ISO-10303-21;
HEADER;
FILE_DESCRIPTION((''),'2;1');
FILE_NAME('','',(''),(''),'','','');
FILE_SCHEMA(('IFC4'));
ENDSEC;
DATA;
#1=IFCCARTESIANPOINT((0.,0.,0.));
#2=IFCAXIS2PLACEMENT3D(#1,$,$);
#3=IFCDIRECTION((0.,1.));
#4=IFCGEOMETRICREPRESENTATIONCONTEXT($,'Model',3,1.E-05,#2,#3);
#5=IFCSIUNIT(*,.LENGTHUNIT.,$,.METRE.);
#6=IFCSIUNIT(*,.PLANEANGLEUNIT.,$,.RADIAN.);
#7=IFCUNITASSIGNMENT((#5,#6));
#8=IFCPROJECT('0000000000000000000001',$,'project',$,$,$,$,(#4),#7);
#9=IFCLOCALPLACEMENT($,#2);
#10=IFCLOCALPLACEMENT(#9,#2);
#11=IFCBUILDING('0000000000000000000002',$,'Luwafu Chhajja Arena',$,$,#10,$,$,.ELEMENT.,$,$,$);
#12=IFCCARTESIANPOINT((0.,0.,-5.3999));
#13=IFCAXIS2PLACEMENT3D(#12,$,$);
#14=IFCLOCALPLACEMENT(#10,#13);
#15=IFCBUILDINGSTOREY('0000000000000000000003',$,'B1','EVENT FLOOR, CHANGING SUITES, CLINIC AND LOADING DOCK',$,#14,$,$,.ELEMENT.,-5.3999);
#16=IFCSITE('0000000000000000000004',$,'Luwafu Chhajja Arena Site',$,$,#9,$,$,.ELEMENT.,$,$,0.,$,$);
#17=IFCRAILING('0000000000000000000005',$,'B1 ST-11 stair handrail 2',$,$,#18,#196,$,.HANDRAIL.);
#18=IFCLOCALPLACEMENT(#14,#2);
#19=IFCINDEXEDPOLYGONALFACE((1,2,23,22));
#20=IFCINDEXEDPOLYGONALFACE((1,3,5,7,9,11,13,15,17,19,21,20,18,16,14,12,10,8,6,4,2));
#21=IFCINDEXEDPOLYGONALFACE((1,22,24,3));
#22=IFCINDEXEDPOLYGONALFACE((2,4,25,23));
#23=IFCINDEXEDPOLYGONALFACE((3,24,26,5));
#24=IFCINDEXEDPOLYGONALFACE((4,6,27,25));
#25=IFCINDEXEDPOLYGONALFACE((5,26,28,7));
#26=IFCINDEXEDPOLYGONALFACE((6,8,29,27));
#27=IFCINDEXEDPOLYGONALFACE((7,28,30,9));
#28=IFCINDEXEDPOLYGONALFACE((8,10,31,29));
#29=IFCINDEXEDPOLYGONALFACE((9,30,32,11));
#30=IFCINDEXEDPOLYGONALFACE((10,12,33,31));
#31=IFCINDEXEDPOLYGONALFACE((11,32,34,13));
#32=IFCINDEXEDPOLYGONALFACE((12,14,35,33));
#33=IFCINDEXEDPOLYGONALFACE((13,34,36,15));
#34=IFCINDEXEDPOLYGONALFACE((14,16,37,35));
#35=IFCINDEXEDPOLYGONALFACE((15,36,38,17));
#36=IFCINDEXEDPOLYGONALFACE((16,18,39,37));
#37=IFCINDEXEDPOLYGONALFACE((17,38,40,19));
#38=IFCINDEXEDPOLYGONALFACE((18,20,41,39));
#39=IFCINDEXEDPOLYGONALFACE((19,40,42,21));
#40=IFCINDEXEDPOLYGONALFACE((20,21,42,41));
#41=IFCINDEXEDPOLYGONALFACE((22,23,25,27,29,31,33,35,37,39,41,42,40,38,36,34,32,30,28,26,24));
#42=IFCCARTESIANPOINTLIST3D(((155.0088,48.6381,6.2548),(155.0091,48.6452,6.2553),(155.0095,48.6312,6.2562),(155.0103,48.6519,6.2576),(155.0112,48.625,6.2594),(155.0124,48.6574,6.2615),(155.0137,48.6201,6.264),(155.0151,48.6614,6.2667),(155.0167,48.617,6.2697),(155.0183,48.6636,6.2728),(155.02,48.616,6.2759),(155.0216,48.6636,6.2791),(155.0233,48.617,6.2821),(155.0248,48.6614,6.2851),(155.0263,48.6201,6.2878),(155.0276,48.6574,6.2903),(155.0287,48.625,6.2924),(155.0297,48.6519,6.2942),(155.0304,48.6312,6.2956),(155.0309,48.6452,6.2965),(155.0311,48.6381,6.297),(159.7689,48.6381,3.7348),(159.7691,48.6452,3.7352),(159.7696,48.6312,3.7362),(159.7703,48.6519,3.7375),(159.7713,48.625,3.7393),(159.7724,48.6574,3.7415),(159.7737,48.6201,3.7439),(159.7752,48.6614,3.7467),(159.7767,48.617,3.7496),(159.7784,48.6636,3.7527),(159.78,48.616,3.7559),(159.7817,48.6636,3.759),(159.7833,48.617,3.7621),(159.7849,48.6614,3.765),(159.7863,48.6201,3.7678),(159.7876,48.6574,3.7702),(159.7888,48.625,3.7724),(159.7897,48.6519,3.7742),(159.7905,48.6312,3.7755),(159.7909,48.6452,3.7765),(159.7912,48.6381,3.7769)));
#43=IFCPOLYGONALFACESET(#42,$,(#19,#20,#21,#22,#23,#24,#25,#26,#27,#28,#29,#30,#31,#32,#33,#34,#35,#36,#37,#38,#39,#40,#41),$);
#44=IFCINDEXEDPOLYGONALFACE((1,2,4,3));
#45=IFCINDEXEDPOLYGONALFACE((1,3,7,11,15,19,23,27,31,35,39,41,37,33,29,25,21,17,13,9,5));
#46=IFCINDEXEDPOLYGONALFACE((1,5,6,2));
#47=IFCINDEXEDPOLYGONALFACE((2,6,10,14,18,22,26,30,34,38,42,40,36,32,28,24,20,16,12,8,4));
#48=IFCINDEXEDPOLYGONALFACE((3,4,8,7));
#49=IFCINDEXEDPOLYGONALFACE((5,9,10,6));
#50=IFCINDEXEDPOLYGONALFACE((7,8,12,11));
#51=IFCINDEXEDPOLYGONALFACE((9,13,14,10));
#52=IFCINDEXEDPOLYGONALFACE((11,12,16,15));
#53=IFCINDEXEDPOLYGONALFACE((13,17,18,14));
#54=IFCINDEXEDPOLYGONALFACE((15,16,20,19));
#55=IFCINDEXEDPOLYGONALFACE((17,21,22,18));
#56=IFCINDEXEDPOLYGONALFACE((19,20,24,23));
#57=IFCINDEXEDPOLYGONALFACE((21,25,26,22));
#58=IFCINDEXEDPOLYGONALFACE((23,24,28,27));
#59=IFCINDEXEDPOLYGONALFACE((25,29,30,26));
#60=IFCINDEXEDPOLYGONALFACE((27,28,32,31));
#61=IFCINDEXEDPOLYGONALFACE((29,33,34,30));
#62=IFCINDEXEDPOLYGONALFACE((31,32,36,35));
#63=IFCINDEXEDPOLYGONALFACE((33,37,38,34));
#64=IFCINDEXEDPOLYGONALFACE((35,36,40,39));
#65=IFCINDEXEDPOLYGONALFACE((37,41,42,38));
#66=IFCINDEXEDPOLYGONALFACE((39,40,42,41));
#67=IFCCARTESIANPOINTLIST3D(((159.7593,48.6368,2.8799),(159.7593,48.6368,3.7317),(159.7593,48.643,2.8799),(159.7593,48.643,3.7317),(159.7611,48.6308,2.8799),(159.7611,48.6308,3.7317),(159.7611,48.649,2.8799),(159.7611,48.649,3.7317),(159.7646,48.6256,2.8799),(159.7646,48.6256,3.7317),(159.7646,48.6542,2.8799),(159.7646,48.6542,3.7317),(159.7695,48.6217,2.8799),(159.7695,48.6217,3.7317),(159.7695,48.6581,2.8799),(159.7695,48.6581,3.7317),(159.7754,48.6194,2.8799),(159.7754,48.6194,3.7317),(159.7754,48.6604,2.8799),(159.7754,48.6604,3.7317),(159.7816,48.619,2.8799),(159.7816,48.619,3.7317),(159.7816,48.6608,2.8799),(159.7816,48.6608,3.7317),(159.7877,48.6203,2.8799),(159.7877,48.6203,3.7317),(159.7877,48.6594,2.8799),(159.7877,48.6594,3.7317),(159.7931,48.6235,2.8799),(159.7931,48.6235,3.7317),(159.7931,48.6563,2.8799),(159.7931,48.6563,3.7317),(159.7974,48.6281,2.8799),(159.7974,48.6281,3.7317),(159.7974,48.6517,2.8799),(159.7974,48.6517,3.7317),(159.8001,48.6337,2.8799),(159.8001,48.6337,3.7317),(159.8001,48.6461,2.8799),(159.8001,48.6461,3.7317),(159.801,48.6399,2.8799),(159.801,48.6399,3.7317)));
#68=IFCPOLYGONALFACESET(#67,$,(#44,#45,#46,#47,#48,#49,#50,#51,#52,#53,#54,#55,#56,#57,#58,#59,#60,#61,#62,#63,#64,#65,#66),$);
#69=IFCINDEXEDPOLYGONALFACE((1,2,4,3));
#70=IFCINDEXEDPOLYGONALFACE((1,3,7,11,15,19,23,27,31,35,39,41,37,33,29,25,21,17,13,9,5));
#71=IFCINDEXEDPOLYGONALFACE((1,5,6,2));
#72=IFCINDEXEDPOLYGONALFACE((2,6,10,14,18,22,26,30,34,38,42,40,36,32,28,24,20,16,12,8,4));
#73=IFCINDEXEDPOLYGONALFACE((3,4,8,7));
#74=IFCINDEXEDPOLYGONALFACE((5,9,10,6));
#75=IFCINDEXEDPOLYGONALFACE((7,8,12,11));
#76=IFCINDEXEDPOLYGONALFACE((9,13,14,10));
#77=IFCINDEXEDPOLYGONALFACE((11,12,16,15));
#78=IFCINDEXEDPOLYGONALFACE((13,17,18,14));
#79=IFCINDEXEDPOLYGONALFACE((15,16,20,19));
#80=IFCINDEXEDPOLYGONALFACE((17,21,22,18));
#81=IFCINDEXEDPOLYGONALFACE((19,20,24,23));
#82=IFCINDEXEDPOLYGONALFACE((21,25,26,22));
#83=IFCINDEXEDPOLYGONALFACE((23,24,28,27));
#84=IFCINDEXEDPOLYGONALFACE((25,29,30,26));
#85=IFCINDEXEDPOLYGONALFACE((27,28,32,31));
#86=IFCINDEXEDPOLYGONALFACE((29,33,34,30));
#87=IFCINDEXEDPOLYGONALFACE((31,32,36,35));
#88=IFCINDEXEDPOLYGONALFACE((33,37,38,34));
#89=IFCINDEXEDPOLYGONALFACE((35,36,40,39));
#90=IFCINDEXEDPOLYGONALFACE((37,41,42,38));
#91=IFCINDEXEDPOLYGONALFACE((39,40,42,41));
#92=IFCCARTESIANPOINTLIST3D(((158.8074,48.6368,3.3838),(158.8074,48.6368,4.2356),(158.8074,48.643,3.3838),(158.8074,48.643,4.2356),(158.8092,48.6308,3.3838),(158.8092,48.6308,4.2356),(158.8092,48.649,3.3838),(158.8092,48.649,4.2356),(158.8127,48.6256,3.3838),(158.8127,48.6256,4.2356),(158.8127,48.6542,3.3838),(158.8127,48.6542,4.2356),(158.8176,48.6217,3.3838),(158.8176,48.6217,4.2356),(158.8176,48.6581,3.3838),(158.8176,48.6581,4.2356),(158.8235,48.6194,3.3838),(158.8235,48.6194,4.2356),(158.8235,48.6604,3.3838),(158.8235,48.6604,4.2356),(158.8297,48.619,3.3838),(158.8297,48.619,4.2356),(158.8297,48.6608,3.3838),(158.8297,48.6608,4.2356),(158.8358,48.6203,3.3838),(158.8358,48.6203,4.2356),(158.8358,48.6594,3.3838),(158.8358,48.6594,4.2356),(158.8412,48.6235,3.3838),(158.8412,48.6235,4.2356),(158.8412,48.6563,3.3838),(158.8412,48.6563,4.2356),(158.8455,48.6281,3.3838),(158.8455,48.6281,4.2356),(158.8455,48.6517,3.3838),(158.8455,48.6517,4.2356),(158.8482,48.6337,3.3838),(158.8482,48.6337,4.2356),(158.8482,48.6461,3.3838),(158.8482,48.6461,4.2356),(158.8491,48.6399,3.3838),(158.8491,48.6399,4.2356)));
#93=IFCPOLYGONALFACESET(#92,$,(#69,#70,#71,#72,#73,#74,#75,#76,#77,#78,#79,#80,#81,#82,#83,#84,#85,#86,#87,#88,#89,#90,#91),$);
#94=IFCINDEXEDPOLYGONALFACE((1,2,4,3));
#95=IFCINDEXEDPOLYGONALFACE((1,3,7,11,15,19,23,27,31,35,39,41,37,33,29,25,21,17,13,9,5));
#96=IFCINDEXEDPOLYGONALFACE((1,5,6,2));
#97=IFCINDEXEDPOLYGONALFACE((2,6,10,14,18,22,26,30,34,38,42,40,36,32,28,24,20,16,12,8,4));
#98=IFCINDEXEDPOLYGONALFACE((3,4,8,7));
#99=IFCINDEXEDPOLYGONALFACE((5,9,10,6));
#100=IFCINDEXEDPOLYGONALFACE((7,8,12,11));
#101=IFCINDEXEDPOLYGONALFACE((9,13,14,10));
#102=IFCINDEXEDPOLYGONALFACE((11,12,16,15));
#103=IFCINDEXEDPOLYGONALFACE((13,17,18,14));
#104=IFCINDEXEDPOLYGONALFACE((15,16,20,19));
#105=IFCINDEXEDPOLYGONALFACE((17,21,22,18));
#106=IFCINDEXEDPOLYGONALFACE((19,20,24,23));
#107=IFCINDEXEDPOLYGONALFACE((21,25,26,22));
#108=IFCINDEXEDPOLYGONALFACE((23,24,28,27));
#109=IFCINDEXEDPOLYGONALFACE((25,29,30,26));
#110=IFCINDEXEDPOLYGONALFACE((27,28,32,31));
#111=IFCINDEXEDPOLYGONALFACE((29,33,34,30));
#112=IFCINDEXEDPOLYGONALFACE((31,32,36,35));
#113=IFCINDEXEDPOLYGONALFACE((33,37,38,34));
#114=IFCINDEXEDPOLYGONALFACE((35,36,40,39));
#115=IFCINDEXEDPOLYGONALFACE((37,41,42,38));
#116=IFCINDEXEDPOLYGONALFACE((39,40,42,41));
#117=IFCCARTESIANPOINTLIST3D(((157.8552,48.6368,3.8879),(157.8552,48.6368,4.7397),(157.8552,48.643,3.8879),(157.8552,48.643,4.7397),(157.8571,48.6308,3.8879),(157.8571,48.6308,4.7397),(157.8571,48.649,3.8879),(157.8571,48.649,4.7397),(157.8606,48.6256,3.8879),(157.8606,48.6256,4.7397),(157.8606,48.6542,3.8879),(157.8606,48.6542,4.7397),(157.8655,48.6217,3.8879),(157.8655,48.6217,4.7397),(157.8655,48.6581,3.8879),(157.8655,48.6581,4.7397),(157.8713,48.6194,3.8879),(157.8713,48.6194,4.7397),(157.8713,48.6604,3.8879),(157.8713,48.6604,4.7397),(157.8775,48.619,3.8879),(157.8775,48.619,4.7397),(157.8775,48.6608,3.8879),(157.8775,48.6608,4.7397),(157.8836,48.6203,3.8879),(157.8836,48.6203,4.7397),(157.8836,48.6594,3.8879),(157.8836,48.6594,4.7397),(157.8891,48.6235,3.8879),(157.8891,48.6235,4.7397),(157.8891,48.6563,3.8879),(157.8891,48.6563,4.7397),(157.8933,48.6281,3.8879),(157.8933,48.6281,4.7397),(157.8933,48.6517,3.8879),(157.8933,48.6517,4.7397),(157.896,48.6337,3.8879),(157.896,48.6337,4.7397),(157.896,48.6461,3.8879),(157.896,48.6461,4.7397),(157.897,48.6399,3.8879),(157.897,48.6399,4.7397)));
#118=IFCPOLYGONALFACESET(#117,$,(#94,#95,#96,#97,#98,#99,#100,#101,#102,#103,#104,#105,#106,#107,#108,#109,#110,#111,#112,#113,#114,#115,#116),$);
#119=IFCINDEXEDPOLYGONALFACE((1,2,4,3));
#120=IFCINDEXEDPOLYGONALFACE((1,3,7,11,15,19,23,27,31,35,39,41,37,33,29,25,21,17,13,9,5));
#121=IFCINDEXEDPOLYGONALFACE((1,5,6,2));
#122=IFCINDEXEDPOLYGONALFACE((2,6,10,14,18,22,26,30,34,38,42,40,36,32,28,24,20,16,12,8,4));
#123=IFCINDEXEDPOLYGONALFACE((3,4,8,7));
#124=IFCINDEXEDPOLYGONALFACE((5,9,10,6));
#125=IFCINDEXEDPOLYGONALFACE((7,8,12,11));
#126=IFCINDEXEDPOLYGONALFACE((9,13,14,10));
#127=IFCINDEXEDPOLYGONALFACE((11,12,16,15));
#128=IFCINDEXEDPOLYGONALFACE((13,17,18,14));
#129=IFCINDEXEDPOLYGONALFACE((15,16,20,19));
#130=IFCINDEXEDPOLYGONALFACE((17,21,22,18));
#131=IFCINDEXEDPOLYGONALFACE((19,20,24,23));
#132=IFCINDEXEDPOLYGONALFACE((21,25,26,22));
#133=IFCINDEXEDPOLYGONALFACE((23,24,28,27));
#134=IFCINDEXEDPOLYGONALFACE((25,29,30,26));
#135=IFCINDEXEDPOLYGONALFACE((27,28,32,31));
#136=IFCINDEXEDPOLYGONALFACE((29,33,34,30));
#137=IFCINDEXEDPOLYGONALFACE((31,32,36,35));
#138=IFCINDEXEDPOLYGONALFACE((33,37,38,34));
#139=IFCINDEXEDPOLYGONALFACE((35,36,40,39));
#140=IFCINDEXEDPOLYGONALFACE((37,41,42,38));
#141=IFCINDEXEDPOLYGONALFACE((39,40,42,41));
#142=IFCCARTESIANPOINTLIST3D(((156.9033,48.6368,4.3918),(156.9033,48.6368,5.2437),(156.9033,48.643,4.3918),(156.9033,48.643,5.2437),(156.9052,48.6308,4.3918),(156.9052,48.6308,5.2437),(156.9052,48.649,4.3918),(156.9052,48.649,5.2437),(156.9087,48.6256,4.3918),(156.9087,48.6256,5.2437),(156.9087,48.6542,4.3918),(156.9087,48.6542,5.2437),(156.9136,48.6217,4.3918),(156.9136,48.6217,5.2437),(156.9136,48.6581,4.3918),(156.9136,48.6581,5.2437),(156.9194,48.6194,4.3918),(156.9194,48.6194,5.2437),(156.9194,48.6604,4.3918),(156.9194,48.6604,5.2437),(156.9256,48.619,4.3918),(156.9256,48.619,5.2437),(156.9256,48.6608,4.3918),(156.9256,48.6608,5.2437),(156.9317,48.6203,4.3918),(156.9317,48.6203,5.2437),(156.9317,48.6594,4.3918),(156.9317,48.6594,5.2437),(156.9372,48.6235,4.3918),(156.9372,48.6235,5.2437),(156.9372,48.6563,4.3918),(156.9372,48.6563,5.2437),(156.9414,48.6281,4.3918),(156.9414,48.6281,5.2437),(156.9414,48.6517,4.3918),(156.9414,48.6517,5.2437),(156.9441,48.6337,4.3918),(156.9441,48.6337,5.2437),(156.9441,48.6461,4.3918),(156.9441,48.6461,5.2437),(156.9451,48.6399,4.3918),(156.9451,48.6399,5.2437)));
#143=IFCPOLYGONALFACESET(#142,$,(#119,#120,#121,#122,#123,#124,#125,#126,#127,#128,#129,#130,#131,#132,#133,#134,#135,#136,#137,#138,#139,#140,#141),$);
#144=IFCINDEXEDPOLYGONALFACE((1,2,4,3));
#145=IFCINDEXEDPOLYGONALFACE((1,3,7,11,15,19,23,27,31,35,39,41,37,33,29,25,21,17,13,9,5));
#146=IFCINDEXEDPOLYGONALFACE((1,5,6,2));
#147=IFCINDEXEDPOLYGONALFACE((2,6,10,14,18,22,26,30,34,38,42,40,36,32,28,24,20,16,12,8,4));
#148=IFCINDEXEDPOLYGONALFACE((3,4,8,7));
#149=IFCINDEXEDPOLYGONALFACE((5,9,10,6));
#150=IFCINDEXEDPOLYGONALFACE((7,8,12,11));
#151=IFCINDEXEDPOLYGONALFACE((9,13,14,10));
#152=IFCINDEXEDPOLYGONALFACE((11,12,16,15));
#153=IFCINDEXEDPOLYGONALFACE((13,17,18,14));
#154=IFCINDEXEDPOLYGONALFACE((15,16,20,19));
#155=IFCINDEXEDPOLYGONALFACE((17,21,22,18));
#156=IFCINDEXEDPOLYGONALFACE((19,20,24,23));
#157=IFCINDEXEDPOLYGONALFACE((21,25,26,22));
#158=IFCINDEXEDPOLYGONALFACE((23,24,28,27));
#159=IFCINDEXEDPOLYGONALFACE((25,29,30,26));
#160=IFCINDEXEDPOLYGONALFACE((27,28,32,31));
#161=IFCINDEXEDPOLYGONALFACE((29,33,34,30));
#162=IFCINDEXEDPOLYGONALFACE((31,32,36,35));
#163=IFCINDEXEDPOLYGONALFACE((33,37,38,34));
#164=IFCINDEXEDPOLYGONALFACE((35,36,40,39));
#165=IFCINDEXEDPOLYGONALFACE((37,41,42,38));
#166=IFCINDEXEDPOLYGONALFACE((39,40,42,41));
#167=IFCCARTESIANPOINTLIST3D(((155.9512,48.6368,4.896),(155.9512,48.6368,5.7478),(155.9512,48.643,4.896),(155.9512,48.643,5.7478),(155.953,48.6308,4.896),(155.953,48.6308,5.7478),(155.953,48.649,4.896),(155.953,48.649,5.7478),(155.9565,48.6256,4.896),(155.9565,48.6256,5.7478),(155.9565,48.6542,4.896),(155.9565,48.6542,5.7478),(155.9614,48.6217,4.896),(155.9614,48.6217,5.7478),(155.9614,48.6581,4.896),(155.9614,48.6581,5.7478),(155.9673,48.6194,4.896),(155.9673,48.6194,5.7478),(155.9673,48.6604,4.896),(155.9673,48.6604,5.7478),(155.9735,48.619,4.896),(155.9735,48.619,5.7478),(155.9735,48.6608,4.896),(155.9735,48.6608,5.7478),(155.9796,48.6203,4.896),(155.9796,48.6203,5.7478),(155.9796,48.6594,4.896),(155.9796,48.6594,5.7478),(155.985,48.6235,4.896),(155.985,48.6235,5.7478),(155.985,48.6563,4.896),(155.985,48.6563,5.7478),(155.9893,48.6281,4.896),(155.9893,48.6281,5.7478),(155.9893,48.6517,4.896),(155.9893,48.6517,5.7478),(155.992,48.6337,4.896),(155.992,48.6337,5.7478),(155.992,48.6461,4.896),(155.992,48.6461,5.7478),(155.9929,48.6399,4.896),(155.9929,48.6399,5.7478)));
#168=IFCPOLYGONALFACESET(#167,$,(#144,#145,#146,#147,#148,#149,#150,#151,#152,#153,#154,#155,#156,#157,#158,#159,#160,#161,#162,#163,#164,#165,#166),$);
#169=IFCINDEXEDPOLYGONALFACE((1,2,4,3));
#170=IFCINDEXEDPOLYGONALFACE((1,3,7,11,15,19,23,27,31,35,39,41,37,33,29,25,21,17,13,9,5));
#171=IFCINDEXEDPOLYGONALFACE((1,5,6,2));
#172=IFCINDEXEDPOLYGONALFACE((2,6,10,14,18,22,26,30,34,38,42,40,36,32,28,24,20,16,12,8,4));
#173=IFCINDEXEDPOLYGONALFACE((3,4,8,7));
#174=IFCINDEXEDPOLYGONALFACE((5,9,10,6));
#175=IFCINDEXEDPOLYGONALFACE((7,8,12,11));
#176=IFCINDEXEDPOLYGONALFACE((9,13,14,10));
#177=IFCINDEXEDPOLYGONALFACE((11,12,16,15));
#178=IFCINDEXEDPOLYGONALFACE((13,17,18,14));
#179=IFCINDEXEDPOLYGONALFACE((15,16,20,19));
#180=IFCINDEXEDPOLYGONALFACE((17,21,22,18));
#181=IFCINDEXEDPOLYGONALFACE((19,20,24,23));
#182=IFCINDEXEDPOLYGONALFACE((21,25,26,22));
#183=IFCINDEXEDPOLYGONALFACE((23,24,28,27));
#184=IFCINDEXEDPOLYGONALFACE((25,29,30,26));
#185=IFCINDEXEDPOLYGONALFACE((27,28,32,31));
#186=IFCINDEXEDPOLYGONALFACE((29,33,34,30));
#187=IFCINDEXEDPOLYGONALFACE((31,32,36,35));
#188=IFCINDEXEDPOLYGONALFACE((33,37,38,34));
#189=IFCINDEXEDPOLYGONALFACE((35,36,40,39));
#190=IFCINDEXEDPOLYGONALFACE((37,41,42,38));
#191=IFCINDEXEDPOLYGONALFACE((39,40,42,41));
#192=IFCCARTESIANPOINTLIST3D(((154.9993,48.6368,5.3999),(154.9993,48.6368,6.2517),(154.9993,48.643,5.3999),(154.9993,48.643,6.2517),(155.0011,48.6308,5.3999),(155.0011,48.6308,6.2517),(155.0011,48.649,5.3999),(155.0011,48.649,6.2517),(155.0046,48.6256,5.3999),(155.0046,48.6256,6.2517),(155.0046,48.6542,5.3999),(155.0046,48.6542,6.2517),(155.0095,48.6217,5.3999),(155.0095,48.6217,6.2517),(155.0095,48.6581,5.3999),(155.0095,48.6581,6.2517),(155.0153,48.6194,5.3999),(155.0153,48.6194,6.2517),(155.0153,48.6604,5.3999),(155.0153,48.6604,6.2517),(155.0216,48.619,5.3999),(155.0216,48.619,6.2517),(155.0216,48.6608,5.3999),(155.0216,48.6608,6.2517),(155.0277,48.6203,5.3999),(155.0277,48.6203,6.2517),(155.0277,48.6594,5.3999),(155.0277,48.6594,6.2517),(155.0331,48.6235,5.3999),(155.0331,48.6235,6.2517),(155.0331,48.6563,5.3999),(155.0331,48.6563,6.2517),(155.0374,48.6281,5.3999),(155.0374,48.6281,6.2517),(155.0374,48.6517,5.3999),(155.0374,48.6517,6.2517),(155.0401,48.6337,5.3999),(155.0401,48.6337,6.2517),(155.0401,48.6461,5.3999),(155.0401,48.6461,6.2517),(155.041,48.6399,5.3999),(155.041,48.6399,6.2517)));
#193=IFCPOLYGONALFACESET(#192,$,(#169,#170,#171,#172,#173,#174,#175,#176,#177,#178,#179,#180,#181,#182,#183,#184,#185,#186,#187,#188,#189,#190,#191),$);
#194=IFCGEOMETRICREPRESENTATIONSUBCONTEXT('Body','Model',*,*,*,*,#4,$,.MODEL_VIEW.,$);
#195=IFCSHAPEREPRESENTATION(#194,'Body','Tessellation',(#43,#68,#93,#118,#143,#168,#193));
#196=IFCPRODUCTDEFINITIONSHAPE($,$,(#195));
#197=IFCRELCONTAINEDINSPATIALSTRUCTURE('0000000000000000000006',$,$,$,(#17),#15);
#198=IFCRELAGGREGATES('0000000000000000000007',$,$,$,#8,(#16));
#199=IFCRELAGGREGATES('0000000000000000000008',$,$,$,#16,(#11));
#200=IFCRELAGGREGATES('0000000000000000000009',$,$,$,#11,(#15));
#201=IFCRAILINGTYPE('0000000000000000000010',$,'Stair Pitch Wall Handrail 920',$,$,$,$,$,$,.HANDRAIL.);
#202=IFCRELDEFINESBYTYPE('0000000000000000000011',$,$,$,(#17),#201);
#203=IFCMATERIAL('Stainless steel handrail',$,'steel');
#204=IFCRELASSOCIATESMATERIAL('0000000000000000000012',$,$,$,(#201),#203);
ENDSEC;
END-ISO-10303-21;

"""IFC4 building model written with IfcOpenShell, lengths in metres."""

from ifc_helpers import new_model, si_unit, direction, frame, origin, origin_2d, place, context, subcontext, project, spatial, circle, extrude, material, type_object, element, save


model = new_model("IFC4")

# Units and contexts
model_context = context("Model", 3, precision=1e-05, world=origin(), true_north=direction((0.0, 1.0)))
body_context = subcontext(model_context, "Body", "Model", "MODEL_VIEW")
ifc_project = project(units=[si_unit("LENGTHUNIT", "METRE"), si_unit("PLANEANGLEUNIT", "RADIAN")], contexts=[model_context])

# Site, building, storey
site_placement = place(None, origin())
site = spatial("IfcSite", under=ifc_project, at=site_placement, Name="Luwafu Chhajja Arena Site", CompositionType="ELEMENT", RefElevation=0.0)
building_placement = place(site_placement, origin())
building = spatial("IfcBuilding", under=site, at=building_placement, Name="Luwafu Chhajja Arena", CompositionType="ELEMENT")
storey_placement = place(building_placement, frame((0.0, 0.0, -5.3999)))
storey = spatial("IfcBuildingStorey", under=building, at=storey_placement, Name="B1", Description="EVENT FLOOR, CHANGING SUITES, CLINIC AND LOADING DOCK", CompositionType="ELEMENT", Elevation=-5.3999)

# Railing
ifc_material_1 = material(Name="Stainless steel handrail", Category="steel")
railing_type_1 = type_object("IfcRailingType", Name="Stair Pitch Wall Handrail 920", PredefinedType="HANDRAIL", material=ifc_material_1)
railing_1_placement = place(storey_placement, frame((159.78, 48.6399, 2.8799)))
element("IfcRailing", 1, at=railing_1_placement, inside=storey, type_object=railing_type_1, Name="B1 ST-11 stair handrail 2", PredefinedType="HANDRAIL", context=body_context, shape_type="SweptSolid", body=[
    extrude(circle(Radius=0.0239, at=origin_2d()), frame((0.0, 0.0, 0.876), z_axis=(-0.883787, 0.0, 0.46789), x_axis=(0.0, -1.0, 0.0)), (0.0, 0.0, 1.0), 5.386),
    extrude(circle(Radius=0.021, at=origin_2d()), origin(), (0.0, 0.0, 1.0), 0.8518),
    extrude(circle(Radius=0.021, at=origin_2d()), frame((-0.9519, 0.0, 0.5039)), (0.0, 0.0, 1.0), 0.8518),
    extrude(circle(Radius=0.021, at=origin_2d()), frame((-1.9041, 0.0, 1.0081)), (0.0, 0.0, 1.0), 0.8518),
    extrude(circle(Radius=0.021, at=origin_2d()), frame((-2.856, 0.0, 1.512)), (0.0, 0.0, 1.0), 0.8518),
    extrude(circle(Radius=0.021, at=origin_2d()), frame((-3.8081, 0.0, 2.0161)), (0.0, 0.0, 1.0), 0.8518),
    extrude(circle(Radius=0.021, at=origin_2d()), frame((-4.76, 0.0, 2.52)), (0.0, 0.0, 1.0), 0.8518),
])

save(model, "model.ifc")
